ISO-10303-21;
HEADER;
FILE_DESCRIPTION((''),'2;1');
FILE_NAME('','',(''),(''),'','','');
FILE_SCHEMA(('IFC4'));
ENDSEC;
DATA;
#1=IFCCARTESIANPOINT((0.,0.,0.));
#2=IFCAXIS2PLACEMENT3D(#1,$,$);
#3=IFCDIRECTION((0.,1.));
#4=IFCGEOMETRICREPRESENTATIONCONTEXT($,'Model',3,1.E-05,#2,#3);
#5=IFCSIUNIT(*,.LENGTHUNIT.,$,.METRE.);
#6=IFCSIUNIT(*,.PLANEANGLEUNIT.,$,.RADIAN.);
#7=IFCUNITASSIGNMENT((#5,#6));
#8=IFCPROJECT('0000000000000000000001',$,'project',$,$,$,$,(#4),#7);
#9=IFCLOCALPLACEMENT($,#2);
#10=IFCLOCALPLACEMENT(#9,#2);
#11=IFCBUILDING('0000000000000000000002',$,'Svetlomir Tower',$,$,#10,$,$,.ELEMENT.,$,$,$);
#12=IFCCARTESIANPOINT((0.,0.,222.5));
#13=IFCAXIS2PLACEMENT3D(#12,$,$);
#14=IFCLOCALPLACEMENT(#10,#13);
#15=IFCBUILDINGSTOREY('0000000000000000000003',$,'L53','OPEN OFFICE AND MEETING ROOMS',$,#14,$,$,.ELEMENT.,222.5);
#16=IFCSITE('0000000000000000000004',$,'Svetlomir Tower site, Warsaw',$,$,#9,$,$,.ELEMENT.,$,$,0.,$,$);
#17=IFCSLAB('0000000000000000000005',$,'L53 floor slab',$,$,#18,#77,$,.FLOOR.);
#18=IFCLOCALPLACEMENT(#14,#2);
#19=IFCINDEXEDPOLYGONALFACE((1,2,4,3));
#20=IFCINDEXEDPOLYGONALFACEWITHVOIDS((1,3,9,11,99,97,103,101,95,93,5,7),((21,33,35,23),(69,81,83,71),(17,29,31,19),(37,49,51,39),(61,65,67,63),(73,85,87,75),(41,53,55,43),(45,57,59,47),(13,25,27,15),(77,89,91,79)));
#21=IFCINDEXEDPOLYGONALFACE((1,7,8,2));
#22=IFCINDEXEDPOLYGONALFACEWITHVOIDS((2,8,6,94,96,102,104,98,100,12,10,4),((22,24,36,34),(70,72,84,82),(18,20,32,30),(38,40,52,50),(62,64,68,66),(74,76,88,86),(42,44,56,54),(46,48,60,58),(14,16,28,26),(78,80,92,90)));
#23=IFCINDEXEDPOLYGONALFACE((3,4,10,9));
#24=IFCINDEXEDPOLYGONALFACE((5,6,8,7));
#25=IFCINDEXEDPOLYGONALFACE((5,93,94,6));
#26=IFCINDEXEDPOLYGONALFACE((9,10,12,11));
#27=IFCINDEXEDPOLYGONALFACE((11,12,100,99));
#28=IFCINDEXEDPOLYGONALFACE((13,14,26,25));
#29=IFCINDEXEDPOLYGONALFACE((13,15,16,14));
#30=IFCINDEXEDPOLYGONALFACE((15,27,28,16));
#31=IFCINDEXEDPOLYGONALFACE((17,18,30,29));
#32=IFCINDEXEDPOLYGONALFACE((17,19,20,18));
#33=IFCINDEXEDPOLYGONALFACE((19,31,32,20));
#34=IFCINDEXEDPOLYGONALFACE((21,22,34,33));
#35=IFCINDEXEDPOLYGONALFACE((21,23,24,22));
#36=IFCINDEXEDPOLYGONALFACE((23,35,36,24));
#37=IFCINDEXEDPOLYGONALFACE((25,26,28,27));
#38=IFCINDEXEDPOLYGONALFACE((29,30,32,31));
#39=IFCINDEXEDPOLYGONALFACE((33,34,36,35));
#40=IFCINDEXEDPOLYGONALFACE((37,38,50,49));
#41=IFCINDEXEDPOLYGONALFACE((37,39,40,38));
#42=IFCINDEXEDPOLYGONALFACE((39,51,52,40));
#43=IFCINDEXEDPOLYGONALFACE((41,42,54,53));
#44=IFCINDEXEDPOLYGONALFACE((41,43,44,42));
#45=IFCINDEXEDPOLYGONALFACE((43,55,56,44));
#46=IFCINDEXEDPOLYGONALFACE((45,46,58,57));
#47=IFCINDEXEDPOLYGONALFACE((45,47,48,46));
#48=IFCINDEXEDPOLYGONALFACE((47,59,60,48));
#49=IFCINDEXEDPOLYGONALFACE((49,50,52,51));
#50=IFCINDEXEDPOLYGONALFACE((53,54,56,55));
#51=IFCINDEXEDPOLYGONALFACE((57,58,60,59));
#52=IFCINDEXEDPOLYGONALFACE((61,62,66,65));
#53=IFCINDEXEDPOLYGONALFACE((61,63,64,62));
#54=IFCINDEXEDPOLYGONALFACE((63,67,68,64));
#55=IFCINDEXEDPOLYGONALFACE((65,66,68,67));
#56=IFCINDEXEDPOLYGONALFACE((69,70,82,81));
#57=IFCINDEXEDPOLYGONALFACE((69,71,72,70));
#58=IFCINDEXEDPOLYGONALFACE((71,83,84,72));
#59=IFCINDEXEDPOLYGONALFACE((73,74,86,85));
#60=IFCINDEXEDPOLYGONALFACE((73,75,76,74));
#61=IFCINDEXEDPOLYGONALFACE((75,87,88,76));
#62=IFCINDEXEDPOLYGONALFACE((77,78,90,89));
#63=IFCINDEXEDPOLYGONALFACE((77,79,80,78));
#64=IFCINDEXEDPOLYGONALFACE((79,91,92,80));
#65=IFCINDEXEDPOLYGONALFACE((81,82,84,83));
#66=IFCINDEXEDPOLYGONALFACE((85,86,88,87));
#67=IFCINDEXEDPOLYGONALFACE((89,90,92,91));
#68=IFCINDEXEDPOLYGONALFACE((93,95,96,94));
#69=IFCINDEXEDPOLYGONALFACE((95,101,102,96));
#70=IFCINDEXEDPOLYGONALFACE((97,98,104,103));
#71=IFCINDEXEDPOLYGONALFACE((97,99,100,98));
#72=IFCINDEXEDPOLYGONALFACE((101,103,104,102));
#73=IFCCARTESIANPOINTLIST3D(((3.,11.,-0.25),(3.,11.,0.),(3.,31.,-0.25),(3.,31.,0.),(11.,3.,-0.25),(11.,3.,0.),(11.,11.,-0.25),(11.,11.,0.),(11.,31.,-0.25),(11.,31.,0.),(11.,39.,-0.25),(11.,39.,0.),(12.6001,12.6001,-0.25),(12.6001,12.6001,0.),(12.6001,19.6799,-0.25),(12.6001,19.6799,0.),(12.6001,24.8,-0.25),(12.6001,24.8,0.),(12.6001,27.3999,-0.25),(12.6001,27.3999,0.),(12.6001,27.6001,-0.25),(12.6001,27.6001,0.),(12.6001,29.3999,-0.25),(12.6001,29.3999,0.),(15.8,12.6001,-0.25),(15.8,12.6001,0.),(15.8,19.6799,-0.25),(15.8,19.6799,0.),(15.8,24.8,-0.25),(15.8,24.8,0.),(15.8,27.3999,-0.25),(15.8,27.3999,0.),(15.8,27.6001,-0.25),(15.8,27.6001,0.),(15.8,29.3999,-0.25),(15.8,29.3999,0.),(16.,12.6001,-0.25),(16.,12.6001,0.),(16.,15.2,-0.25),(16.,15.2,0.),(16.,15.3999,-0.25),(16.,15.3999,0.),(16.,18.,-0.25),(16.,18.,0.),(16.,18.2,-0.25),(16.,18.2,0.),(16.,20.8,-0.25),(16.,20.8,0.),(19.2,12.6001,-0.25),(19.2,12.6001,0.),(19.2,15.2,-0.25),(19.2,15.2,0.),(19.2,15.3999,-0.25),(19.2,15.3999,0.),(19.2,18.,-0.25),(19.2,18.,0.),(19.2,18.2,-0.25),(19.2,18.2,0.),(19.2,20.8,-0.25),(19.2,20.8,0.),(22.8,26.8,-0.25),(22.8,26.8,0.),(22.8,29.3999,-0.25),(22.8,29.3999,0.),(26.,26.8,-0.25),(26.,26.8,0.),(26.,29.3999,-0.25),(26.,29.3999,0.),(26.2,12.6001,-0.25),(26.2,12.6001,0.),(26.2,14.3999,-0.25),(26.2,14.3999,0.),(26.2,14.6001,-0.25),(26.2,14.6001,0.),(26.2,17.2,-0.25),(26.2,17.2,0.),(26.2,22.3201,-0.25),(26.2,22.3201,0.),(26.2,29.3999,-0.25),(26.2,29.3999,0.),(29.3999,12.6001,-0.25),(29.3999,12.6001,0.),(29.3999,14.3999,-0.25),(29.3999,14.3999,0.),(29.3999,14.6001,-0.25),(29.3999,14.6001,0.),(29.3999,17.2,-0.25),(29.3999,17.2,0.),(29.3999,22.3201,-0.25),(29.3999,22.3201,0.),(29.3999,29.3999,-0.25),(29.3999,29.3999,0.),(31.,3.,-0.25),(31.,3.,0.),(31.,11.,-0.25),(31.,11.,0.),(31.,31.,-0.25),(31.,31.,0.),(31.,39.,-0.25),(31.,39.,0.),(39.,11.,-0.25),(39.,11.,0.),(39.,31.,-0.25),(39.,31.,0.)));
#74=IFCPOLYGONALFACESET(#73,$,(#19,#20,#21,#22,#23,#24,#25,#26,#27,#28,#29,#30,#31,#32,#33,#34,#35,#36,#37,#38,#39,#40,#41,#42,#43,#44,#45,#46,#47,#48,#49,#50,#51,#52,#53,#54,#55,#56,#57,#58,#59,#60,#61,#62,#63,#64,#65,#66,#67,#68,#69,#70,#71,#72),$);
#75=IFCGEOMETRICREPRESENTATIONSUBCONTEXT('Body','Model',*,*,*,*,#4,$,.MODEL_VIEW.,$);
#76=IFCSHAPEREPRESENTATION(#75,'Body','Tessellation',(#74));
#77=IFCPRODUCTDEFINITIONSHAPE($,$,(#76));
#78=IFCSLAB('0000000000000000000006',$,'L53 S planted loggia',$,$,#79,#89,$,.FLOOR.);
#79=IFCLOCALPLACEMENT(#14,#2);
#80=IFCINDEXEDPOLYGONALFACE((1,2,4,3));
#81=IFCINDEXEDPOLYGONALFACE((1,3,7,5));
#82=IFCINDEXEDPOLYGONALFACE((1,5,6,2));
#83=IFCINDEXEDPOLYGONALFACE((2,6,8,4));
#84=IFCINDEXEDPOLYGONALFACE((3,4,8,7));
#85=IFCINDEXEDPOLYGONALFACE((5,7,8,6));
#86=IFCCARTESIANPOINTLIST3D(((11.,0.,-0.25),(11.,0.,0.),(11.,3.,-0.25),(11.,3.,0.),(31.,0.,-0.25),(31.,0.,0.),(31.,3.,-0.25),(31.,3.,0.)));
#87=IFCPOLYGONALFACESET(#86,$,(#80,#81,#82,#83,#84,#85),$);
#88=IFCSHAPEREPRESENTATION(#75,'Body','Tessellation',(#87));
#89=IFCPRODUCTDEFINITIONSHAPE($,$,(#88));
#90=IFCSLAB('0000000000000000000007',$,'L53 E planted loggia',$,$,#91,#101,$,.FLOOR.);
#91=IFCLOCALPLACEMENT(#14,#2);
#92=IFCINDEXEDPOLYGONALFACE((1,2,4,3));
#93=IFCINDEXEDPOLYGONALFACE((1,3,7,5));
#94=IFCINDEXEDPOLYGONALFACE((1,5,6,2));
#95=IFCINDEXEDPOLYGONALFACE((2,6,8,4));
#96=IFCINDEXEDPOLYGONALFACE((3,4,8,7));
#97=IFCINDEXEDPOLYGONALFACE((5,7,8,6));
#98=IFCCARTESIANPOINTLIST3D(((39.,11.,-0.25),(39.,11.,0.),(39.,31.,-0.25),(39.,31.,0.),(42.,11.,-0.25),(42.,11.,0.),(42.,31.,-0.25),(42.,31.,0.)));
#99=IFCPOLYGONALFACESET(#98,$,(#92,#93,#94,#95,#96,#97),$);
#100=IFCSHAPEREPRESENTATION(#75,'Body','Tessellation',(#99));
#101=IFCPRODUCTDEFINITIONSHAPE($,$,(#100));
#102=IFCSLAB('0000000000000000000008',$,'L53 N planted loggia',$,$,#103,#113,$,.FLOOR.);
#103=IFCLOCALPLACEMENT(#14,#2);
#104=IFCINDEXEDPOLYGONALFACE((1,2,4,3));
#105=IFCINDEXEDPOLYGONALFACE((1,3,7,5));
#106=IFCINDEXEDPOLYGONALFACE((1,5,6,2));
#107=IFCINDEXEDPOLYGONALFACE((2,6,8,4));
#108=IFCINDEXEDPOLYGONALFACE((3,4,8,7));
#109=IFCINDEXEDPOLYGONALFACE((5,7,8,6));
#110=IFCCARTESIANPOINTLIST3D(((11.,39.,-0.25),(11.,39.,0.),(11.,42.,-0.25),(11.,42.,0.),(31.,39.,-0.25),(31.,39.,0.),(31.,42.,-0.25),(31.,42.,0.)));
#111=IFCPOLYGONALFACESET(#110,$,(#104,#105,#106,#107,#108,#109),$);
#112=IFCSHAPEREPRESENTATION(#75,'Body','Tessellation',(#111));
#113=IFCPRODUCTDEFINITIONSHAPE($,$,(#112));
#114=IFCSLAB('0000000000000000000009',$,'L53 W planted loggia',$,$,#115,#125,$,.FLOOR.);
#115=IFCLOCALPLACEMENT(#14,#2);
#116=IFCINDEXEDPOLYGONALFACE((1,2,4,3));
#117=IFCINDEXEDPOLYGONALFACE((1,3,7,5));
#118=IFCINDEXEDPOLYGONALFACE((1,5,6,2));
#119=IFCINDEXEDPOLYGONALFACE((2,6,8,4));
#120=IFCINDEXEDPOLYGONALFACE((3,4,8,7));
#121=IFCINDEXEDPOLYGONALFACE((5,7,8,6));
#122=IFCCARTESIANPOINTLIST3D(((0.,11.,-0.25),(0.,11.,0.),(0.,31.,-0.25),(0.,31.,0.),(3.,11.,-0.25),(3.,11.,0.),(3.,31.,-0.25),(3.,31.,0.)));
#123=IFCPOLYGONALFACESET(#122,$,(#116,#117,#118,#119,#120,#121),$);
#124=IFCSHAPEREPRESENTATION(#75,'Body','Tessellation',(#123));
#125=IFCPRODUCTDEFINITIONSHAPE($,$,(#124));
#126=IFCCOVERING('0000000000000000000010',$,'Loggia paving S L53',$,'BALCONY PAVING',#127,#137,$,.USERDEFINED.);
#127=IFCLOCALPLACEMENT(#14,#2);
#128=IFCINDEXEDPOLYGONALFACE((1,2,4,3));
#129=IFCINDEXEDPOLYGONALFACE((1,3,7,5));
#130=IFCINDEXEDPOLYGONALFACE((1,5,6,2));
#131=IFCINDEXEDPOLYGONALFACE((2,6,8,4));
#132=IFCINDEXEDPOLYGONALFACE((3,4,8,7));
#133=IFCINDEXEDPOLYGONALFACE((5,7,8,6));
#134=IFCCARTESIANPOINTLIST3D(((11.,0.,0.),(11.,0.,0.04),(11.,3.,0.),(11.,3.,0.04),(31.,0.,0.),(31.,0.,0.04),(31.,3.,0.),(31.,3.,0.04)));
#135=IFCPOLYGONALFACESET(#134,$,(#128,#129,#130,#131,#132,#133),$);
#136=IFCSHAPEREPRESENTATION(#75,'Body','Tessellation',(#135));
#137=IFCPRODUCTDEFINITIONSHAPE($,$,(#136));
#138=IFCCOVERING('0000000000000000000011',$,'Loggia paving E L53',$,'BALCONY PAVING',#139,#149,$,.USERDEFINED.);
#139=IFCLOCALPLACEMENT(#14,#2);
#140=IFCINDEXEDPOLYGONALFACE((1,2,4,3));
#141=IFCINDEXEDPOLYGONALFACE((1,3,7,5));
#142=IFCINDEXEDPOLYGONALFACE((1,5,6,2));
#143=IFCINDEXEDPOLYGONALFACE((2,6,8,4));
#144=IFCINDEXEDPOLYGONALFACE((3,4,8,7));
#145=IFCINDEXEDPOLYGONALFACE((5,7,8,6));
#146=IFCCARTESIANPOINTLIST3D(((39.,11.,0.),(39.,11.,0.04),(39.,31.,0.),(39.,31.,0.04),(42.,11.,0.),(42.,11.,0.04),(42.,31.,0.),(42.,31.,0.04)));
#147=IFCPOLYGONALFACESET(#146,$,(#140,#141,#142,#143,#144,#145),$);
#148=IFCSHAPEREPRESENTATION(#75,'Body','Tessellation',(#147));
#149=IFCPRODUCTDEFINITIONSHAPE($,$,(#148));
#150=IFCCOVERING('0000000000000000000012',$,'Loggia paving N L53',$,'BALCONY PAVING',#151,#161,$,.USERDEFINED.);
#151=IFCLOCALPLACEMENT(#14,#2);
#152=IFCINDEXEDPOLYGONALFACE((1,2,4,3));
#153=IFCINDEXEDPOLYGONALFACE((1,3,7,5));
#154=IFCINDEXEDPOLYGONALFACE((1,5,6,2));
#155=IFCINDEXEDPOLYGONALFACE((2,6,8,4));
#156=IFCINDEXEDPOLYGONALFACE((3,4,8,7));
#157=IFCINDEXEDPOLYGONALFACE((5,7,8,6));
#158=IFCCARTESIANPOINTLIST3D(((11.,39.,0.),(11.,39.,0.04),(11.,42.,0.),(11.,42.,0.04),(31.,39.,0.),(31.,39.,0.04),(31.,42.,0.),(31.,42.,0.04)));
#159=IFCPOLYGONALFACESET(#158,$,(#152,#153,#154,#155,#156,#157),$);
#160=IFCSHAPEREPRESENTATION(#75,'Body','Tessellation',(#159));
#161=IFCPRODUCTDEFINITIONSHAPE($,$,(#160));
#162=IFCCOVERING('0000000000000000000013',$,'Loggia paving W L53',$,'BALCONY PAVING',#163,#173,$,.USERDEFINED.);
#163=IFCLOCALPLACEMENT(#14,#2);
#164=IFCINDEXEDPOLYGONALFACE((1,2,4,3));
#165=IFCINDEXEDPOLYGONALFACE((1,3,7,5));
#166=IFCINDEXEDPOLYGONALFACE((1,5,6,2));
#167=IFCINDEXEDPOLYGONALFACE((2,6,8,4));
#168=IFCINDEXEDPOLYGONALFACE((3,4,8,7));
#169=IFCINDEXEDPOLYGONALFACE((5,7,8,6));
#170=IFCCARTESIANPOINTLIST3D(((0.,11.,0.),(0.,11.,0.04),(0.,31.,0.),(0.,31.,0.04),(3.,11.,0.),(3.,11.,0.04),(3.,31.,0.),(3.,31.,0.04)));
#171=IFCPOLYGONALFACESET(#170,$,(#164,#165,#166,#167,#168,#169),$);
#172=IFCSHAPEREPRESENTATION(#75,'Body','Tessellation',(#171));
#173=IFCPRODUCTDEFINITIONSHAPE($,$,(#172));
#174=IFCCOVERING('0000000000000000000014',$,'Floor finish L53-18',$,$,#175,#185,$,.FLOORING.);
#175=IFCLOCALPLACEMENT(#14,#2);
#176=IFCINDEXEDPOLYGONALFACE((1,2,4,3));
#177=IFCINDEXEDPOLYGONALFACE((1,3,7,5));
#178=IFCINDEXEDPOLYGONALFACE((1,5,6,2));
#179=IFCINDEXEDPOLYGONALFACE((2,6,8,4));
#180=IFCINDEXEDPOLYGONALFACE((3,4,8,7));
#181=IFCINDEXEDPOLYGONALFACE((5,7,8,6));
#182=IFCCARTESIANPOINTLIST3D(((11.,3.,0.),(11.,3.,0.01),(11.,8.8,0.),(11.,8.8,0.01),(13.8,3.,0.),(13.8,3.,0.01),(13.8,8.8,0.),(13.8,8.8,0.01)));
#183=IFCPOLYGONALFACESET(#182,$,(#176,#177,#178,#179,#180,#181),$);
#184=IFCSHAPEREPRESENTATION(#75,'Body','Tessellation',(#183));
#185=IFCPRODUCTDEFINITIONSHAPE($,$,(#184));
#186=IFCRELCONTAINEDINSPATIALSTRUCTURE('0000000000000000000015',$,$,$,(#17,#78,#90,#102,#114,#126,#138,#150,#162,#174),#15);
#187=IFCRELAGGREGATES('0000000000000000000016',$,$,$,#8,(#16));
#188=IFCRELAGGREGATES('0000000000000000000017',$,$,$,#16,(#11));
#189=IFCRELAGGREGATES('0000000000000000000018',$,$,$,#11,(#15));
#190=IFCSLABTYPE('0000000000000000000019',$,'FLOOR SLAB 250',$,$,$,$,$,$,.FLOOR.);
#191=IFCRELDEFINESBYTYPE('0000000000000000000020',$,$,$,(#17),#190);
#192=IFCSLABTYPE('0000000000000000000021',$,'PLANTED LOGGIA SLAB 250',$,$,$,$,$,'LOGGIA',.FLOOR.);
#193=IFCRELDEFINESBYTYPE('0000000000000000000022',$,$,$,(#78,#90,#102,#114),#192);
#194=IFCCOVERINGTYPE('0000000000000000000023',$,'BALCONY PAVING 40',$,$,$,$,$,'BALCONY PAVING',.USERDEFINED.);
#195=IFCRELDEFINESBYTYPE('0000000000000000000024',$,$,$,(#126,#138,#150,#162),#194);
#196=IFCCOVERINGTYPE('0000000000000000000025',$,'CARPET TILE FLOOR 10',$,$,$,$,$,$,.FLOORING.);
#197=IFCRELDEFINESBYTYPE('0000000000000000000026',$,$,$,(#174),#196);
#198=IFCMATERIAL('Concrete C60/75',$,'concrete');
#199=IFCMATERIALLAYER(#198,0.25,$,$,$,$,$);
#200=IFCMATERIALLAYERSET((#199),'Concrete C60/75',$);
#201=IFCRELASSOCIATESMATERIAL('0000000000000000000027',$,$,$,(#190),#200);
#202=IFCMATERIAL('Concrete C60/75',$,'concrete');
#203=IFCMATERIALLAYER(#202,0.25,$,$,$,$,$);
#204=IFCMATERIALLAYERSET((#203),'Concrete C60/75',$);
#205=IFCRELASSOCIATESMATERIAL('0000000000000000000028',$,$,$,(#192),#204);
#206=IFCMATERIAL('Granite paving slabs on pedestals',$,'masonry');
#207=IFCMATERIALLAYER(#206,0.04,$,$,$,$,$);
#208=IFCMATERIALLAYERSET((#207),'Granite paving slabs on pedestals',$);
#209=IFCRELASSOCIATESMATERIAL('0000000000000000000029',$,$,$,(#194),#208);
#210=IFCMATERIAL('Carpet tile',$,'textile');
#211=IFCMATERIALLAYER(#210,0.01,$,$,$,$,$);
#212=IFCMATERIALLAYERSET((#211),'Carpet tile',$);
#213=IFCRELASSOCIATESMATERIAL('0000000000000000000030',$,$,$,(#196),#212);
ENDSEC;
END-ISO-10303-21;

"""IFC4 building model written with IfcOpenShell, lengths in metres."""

from ifc_helpers import new_model, si_unit, direction, frame, origin, place, context, subcontext, project, spatial, polyline, outline, extrude, material, layer, layer_set, type_object, element, save


model = new_model("IFC4")

# Units and contexts
model_context = context("Model", 3, precision=1e-05, world=origin(), true_north=direction((0.0, 1.0)))
body_context = subcontext(model_context, "Body", "Model", "MODEL_VIEW")
ifc_project = project(units=[si_unit("LENGTHUNIT", "METRE"), si_unit("PLANEANGLEUNIT", "RADIAN")], contexts=[model_context])

# Site, building, storey
site_placement = place(None, origin())
site = spatial("IfcSite", under=ifc_project, at=site_placement, Name="Svetlomir Tower site, Warsaw", CompositionType="ELEMENT", RefElevation=0.0)
building_placement = place(site_placement, origin())
building = spatial("IfcBuilding", under=site, at=building_placement, Name="Svetlomir Tower", CompositionType="ELEMENT")
storey_placement = place(building_placement, frame((0.0, 0.0, 222.5)))
storey = spatial("IfcBuildingStorey", under=building, at=storey_placement, Name="L53", Description="OPEN OFFICE AND MEETING ROOMS", CompositionType="ELEMENT", Elevation=222.5)

# Slabs
ifc_material_1 = material(Name="Concrete C60/75", Category="concrete")
ifc_layer_1 = layer(ifc_material_1, 0.25)
ifc_layer_set_1 = layer_set([ifc_layer_1], Name="Concrete C60/75")
slab_type_1 = type_object("IfcSlabType", Name="FLOOR SLAB 250", PredefinedType="FLOOR", material=ifc_layer_set_1)
slab_1_placement = place(storey_placement, frame((0.0, 0.0, -0.25)))
element("IfcSlab", 1, at=slab_1_placement, inside=storey, type_object=slab_type_1, Name="L53 floor slab", PredefinedType="FLOOR", context=body_context, shape_type="SweptSolid", body=[
    extrude(outline(polyline([(11.0, 3.0), (31.0, 3.0), (31.0, 11.0), (39.0, 11.0), (39.0, 31.0), (31.0, 31.0), (31.0, 39.0), (11.0, 39.0), (11.0, 31.0), (3.0, 31.0), (3.0, 11.0), (11.0, 11.0), (11.0, 3.0)]), holes=[polyline([(12.6001, 24.8), (15.8, 24.8), (15.8, 27.3999), (12.6001, 27.3999), (12.6001, 24.8)]), polyline([(26.2, 14.6001), (29.3999, 14.6001), (29.3999, 17.2), (26.2, 17.2), (26.2, 14.6001)]), polyline([(16.0, 12.6001), (19.2, 12.6001), (19.2, 15.2), (16.0, 15.2), (16.0, 12.6001)]), polyline([(16.0, 15.3999), (19.2, 15.3999), (19.2, 18.0), (16.0, 18.0), (16.0, 15.3999)]), polyline([(16.0, 18.2), (19.2, 18.2), (19.2, 20.8), (16.0, 20.8), (16.0, 18.2)]), polyline([(22.8, 26.8), (26.0, 26.8), (26.0, 29.3999), (22.8, 29.3999), (22.8, 26.8)]), polyline([(12.6001, 27.6001), (15.8, 27.6001), (15.8, 29.3999), (12.6001, 29.3999), (12.6001, 27.6001)]), polyline([(26.2, 12.6001), (29.3999, 12.6001), (29.3999, 14.3999), (26.2, 14.3999), (26.2, 12.6001)]), polyline([(12.6001, 12.6001), (15.8, 12.6001), (15.8, 19.6799), (12.6001, 19.6799), (12.6001, 12.6001)]), polyline([(26.2, 22.3201), (29.3999, 22.3201), (29.3999, 29.3999), (26.2, 29.3999), (26.2, 22.3201)])]), origin(), (0.0, 0.0, 1.0), 0.25),
])
ifc_material_2 = material(Name="Concrete C60/75", Category="concrete")
ifc_layer_2 = layer(ifc_material_2, 0.25)
ifc_layer_set_2 = layer_set([ifc_layer_2], Name="Concrete C60/75")
slab_type_2 = type_object("IfcSlabType", Name="PLANTED LOGGIA SLAB 250", ElementType="LOGGIA", PredefinedType="FLOOR", material=ifc_layer_set_2)
slab_2_placement = place(storey_placement, frame((0.0, 0.0, -0.25)))
element("IfcSlab", 2, at=slab_2_placement, inside=storey, type_object=slab_type_2, Name="L53 S planted loggia", PredefinedType="FLOOR", context=body_context, shape_type="SweptSolid", body=[
    extrude(outline(polyline([(11.0, 0.0), (31.0, 0.0), (31.0, 3.0), (11.0, 3.0), (11.0, 0.0)])), origin(), (0.0, 0.0, 1.0), 0.25),
])
slab_3_placement = place(storey_placement, frame((0.0, 0.0, -0.25)))
element("IfcSlab", 3, at=slab_3_placement, inside=storey, type_object=slab_type_2, Name="L53 E planted loggia", PredefinedType="FLOOR", context=body_context, shape_type="SweptSolid", body=[
    extrude(outline(polyline([(39.0, 11.0), (42.0, 11.0), (42.0, 31.0), (39.0, 31.0), (39.0, 11.0)])), origin(), (0.0, 0.0, 1.0), 0.25),
])
slab_4_placement = place(storey_placement, frame((0.0, 0.0, -0.25)))
element("IfcSlab", 4, at=slab_4_placement, inside=storey, type_object=slab_type_2, Name="L53 N planted loggia", PredefinedType="FLOOR", context=body_context, shape_type="SweptSolid", body=[
    extrude(outline(polyline([(11.0, 39.0), (31.0, 39.0), (31.0, 42.0), (11.0, 42.0), (11.0, 39.0)])), origin(), (0.0, 0.0, 1.0), 0.25),
])
slab_5_placement = place(storey_placement, frame((0.0, 0.0, -0.25)))
element("IfcSlab", 5, at=slab_5_placement, inside=storey, type_object=slab_type_2, Name="L53 W planted loggia", PredefinedType="FLOOR", context=body_context, shape_type="SweptSolid", body=[
    extrude(outline(polyline([(0.0, 11.0), (3.0, 11.0), (3.0, 31.0), (0.0, 31.0), (0.0, 11.0)])), origin(), (0.0, 0.0, 1.0), 0.25),
])

# Coverings
ifc_material_3 = material(Name="Granite paving slabs on pedestals", Category="masonry")
ifc_layer_3 = layer(ifc_material_3, 0.04)
ifc_layer_set_3 = layer_set([ifc_layer_3], Name="Granite paving slabs on pedestals")
covering_type_1 = type_object("IfcCoveringType", Name="BALCONY PAVING 40", ElementType="BALCONY PAVING", PredefinedType="USERDEFINED", material=ifc_layer_set_3)
covering_1_placement = place(storey_placement, origin())
element("IfcCovering", 6, at=covering_1_placement, inside=storey, type_object=covering_type_1, Name="Loggia paving S L53", ObjectType="BALCONY PAVING", PredefinedType="USERDEFINED", context=body_context, shape_type="SweptSolid", body=[
    extrude(outline(polyline([(11.0, 0.0), (31.0, 0.0), (31.0, 3.0), (11.0, 3.0), (11.0, 0.0)])), origin(), (0.0, 0.0, 1.0), 0.04),
])
covering_2_placement = place(storey_placement, origin())
element("IfcCovering", 7, at=covering_2_placement, inside=storey, type_object=covering_type_1, Name="Loggia paving E L53", ObjectType="BALCONY PAVING", PredefinedType="USERDEFINED", context=body_context, shape_type="SweptSolid", body=[
    extrude(outline(polyline([(39.0, 11.0), (42.0, 11.0), (42.0, 31.0), (39.0, 31.0), (39.0, 11.0)])), origin(), (0.0, 0.0, 1.0), 0.04),
])
covering_3_placement = place(storey_placement, origin())
element("IfcCovering", 8, at=covering_3_placement, inside=storey, type_object=covering_type_1, Name="Loggia paving N L53", ObjectType="BALCONY PAVING", PredefinedType="USERDEFINED", context=body_context, shape_type="SweptSolid", body=[
    extrude(outline(polyline([(11.0, 39.0), (31.0, 39.0), (31.0, 42.0), (11.0, 42.0), (11.0, 39.0)])), origin(), (0.0, 0.0, 1.0), 0.04),
])
covering_4_placement = place(storey_placement, origin())
element("IfcCovering", 9, at=covering_4_placement, inside=storey, type_object=covering_type_1, Name="Loggia paving W L53", ObjectType="BALCONY PAVING", PredefinedType="USERDEFINED", context=body_context, shape_type="SweptSolid", body=[
    extrude(outline(polyline([(0.0, 11.0), (3.0, 11.0), (3.0, 31.0), (0.0, 31.0), (0.0, 11.0)])), origin(), (0.0, 0.0, 1.0), 0.04),
])
ifc_material_4 = material(Name="Carpet tile", Category="textile")
ifc_layer_4 = layer(ifc_material_4, 0.01)
ifc_layer_set_4 = layer_set([ifc_layer_4], Name="Carpet tile")
covering_type_2 = type_object("IfcCoveringType", Name="CARPET TILE FLOOR 10", PredefinedType="FLOORING", material=ifc_layer_set_4)
covering_5_placement = place(storey_placement, origin())
element("IfcCovering", 10, at=covering_5_placement, inside=storey, type_object=covering_type_2, Name="Floor finish L53-18", PredefinedType="FLOORING", context=body_context, shape_type="SweptSolid", body=[
    extrude(outline(polyline([(11.0, 3.0), (13.8, 3.0), (13.8, 8.8), (11.0, 8.8), (11.0, 3.0)])), origin(), (0.0, 0.0, 1.0), 0.01),
])

save(model, "model.ifc")
